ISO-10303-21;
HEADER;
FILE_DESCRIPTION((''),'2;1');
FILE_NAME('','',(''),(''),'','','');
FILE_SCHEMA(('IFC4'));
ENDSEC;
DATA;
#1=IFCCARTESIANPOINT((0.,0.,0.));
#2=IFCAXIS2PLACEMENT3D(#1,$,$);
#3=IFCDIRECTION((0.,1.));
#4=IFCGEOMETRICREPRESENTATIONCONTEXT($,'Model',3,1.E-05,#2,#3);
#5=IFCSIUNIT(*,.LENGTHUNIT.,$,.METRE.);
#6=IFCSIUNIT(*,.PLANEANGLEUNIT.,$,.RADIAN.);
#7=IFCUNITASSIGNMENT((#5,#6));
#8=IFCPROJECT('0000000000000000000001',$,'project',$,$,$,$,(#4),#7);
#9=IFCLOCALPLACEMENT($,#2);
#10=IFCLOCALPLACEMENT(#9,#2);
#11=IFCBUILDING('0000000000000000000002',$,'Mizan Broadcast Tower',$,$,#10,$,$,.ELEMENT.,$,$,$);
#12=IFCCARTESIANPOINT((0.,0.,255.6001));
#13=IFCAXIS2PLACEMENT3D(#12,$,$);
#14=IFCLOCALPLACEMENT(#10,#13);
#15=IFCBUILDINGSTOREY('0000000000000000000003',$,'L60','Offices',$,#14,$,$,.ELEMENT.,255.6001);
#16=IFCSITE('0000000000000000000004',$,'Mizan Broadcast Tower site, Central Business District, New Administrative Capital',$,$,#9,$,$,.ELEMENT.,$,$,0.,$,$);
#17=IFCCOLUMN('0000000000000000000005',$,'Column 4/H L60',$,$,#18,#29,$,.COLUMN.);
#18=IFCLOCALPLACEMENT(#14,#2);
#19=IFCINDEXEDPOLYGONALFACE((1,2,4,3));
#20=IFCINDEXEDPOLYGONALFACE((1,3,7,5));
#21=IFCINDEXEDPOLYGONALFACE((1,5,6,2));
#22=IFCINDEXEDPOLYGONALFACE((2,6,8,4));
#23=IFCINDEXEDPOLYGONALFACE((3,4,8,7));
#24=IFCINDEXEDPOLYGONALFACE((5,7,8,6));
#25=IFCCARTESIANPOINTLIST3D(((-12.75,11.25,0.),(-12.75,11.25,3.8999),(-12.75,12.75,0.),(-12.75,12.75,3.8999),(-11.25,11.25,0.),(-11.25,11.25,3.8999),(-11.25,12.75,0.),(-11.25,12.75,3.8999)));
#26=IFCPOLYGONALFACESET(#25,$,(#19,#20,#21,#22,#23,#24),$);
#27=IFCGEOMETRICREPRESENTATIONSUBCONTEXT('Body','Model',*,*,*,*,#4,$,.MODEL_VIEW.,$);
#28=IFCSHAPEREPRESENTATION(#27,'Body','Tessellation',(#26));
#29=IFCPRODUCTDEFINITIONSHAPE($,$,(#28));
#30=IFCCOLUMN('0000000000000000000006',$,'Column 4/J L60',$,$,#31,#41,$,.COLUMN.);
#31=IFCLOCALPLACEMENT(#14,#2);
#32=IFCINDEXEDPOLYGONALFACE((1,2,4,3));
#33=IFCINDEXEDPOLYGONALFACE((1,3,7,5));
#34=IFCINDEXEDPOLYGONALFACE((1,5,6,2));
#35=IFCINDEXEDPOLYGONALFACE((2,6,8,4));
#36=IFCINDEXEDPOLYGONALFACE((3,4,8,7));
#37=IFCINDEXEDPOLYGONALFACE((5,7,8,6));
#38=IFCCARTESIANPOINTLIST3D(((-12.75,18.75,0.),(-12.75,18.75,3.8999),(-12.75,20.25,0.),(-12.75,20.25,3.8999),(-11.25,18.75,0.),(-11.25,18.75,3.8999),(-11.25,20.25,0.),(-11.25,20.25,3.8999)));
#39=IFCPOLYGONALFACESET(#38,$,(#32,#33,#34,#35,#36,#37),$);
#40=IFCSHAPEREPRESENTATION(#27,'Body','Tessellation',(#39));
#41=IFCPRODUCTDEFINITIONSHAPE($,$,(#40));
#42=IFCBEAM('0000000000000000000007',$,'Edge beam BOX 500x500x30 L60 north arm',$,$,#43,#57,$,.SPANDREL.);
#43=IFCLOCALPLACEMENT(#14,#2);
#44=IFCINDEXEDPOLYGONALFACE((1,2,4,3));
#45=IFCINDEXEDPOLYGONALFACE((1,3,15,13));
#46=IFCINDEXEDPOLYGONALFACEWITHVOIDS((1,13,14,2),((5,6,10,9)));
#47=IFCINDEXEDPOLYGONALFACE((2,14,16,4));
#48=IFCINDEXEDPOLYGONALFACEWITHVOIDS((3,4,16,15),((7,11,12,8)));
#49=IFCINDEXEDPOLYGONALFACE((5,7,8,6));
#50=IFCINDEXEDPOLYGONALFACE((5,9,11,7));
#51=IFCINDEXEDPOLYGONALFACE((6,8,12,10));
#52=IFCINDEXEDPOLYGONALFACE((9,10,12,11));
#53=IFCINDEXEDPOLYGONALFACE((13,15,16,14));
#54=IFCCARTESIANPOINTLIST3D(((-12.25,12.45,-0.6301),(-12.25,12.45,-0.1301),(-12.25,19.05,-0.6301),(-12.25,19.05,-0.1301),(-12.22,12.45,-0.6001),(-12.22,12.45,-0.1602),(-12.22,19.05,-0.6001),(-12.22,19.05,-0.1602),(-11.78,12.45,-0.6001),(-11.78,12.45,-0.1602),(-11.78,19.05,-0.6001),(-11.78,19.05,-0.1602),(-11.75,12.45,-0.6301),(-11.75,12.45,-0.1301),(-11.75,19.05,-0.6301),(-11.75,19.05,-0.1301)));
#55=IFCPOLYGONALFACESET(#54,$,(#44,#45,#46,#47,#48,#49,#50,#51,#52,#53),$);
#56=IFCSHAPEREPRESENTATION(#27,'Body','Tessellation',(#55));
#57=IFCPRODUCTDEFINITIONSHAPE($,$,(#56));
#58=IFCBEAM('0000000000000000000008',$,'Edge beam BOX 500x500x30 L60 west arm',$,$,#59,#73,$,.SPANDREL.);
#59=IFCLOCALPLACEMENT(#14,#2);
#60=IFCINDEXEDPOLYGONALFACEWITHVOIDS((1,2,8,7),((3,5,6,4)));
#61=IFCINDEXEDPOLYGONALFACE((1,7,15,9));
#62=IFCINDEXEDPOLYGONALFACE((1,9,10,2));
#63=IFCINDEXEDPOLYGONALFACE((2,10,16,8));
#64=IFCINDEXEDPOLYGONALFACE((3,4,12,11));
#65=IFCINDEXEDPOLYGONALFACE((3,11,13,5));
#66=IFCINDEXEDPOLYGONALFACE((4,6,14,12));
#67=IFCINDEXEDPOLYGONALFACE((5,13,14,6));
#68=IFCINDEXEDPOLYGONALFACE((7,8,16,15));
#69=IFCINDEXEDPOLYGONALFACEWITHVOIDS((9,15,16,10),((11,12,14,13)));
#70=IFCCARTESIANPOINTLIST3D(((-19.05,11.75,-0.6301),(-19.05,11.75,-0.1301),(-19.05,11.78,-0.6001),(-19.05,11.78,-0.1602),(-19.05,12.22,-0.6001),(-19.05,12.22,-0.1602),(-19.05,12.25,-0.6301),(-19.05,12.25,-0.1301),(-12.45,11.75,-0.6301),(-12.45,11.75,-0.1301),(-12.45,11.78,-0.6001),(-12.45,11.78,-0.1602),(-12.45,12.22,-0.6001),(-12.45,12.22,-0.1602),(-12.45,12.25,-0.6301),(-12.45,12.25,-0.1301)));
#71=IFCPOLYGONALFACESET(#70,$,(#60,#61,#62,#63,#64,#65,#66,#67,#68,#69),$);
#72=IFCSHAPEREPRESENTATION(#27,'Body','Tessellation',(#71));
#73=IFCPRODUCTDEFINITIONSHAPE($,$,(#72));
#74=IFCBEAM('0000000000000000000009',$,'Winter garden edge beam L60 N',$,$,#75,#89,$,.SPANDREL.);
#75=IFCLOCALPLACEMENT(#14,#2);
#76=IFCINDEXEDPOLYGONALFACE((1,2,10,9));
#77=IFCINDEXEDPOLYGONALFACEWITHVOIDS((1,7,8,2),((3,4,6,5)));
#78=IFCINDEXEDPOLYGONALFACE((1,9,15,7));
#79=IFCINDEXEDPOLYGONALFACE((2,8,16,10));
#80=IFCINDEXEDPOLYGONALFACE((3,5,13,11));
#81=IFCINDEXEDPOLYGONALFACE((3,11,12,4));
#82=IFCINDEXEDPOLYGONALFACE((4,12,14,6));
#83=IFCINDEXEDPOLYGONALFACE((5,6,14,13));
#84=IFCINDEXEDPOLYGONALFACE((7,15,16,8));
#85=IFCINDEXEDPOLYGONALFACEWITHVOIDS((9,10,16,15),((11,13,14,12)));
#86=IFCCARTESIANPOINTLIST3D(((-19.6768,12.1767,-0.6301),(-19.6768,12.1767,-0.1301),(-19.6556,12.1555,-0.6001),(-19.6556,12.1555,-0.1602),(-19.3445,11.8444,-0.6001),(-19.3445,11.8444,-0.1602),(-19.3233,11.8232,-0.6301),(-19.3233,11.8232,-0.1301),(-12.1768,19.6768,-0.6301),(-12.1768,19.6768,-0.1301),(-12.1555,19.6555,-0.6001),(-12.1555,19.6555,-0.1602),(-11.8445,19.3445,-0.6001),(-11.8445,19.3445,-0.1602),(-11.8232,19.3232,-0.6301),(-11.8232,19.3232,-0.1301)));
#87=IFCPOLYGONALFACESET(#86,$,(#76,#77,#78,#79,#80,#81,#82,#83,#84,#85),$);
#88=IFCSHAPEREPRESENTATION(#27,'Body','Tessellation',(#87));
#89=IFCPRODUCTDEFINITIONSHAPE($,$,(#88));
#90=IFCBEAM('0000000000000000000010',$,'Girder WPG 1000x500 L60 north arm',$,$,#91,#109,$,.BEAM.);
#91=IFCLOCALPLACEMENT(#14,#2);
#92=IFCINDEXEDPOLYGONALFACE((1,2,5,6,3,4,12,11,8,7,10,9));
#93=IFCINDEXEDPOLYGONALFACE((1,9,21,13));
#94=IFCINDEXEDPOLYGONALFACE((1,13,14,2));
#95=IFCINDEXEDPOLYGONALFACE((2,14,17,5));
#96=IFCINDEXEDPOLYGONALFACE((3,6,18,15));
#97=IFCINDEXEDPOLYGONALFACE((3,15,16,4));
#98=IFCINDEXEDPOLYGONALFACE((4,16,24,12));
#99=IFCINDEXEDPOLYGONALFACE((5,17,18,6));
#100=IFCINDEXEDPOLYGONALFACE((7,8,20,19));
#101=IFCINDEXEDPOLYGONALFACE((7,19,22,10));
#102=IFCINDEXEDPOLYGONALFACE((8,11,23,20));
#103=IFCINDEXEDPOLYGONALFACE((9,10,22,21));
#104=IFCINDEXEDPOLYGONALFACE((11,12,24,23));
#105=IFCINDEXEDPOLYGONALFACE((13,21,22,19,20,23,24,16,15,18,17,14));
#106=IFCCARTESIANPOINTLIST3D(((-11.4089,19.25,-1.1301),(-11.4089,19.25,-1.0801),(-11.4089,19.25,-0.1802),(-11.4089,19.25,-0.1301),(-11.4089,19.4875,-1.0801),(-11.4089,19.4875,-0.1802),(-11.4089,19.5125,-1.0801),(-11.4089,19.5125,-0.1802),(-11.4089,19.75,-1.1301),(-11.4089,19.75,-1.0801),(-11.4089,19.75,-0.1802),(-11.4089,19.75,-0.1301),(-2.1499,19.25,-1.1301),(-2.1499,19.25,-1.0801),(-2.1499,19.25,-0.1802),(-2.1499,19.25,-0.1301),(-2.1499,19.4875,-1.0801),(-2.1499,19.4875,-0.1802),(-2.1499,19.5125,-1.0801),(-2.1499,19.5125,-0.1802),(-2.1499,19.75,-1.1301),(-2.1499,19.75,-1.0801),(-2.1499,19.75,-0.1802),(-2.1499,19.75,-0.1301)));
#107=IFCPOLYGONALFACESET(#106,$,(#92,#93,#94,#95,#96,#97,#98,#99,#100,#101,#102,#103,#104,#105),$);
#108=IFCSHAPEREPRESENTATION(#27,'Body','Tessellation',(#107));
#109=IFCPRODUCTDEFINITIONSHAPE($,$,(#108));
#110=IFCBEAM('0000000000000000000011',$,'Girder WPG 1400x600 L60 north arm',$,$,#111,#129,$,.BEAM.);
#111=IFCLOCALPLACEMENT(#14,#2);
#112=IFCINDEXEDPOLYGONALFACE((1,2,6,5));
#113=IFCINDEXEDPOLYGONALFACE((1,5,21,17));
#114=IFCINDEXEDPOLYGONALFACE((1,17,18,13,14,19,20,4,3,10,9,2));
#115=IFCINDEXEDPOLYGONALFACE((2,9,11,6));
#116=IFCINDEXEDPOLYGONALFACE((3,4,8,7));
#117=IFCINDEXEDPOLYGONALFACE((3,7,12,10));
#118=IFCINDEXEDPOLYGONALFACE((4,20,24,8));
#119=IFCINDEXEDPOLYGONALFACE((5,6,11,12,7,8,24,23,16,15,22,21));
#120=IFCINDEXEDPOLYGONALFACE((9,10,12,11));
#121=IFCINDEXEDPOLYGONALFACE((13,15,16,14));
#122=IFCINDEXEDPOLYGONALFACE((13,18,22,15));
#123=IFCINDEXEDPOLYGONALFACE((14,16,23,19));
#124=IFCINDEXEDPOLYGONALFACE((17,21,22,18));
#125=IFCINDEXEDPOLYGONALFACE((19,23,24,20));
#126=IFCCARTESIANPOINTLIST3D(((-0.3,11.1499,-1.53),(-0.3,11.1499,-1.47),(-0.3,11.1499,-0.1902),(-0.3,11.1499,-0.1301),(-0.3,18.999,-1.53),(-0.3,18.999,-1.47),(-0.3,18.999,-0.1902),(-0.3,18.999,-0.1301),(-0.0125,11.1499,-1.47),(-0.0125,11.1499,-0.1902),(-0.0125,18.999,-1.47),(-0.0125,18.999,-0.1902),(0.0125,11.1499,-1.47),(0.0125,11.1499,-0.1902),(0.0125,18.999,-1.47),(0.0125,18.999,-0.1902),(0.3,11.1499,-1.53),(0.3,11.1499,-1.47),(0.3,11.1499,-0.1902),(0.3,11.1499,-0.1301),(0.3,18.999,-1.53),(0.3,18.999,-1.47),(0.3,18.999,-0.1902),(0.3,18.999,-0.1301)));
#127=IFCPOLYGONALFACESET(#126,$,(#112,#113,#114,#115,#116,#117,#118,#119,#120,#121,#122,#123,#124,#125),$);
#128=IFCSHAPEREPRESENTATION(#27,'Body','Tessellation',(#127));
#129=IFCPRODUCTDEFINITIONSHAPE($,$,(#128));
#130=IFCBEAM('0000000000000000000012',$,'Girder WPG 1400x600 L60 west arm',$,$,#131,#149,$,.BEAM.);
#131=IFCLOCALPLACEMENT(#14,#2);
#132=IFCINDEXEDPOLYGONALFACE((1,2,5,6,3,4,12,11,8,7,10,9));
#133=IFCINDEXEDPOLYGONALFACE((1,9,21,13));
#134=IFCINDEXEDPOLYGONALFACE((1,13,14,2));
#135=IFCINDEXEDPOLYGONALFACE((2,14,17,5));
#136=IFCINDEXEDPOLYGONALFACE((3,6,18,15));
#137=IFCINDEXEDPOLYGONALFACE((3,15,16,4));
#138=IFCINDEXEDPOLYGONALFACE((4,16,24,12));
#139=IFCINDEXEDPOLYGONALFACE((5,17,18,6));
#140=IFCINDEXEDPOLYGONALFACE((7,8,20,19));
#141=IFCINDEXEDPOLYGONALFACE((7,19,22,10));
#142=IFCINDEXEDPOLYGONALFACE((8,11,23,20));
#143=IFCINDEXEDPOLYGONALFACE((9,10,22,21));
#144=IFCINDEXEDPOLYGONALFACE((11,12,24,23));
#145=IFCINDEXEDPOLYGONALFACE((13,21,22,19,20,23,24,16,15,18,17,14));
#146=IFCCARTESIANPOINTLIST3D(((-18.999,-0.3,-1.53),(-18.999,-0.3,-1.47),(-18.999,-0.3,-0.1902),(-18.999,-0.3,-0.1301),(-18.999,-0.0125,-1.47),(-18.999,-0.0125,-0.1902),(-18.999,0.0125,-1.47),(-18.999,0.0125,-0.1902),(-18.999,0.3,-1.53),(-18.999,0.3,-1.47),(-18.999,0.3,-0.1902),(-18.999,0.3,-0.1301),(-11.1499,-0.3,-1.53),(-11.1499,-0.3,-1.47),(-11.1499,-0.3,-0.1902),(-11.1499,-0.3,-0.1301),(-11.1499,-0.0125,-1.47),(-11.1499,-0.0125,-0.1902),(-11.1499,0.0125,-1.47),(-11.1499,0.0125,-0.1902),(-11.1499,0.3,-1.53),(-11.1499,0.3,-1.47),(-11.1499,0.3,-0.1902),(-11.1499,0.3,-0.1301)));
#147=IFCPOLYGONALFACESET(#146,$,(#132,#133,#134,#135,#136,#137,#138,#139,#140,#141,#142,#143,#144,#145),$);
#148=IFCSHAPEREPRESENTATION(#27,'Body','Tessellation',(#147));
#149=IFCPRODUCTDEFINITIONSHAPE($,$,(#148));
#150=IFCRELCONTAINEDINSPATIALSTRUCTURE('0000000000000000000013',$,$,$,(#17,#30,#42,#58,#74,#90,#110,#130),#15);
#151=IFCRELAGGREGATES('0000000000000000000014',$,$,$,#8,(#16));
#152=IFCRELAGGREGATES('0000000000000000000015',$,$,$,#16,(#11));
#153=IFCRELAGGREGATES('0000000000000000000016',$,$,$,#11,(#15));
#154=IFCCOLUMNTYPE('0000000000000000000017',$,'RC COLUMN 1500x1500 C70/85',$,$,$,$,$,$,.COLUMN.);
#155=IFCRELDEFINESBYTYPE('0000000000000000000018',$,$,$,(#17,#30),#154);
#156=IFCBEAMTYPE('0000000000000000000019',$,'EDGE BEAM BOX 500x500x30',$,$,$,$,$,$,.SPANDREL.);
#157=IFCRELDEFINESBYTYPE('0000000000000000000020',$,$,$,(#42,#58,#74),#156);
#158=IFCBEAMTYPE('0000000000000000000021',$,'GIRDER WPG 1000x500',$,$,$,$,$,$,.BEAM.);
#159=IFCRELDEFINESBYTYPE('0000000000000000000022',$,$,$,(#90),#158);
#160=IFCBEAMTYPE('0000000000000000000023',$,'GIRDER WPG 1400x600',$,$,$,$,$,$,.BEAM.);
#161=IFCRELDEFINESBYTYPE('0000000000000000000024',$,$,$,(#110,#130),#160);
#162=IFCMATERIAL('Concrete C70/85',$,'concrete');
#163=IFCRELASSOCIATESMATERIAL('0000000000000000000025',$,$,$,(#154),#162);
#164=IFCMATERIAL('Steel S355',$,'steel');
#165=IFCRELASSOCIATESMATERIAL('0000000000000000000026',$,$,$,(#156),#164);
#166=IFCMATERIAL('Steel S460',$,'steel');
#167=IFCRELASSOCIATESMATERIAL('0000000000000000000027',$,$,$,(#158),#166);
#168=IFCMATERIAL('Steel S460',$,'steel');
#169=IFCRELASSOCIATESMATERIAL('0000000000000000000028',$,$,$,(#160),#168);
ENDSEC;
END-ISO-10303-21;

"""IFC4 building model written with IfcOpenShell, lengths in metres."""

from ifc_helpers import new_model, si_unit, direction, frame, origin, origin_2d, place, context, subcontext, project, spatial, rectangle, hollow_rectangle, i_section, extrude, material, material_profile, profile_set, type_object, element, save


model = new_model("IFC4")

# Units and contexts
model_context = context("Model", 3, precision=1e-05, world=origin(), true_north=direction((0.0, 1.0)))
body_context = subcontext(model_context, "Body", "Model", "MODEL_VIEW")
ifc_project = project(units=[si_unit("LENGTHUNIT", "METRE"), si_unit("PLANEANGLEUNIT", "RADIAN")], contexts=[model_context])

# Site, building, storey
site_placement = place(None, origin())
site = spatial("IfcSite", under=ifc_project, at=site_placement, Name="Mizan Broadcast Tower site, Central Business District, New Administrative Capital", CompositionType="ELEMENT", RefElevation=0.0)
building_placement = place(site_placement, origin())
building = spatial("IfcBuilding", under=site, at=building_placement, Name="Mizan Broadcast Tower", CompositionType="ELEMENT")
storey_placement = place(building_placement, frame((0.0, 0.0, 255.6001)))
storey = spatial("IfcBuildingStorey", under=building, at=storey_placement, Name="L60", Description="Offices", CompositionType="ELEMENT", Elevation=255.6001)

# Columns
ifc_material_1 = material(Name="Concrete C70/85", Category="concrete")
ifc_material_profile_1 = material_profile(ifc_material_1, rectangle(XDim=1.5, YDim=1.5, at=origin_2d()), Name="RC 1500x1500")
ifc_profile_set_1 = profile_set([ifc_material_profile_1], Name="Concrete C70/85")
column_type = type_object("IfcColumnType", Name="RC COLUMN 1500x1500 C70/85", PredefinedType="COLUMN", material=ifc_profile_set_1)
for number, where, z_axis, x_axis, name in (
    (1, (-12.0, 12.0, 0.0), (0.0, 0.0, 1.0), (1.0, 0.0, 0.0), "Column 4/H L60"),
    (2, (-12.0, 19.5, 0.0), (0.0, 0.0, 1.0), (1.0, 0.0, 0.0), "Column 4/J L60"),
):
    element("IfcColumn", number, at=place(storey_placement, frame(where, z_axis=z_axis, x_axis=x_axis)), inside=storey, type_object=column_type, Name=name, PredefinedType="COLUMN", context=body_context, shape_type="SweptSolid", body=[
        extrude(rectangle(XDim=1.5, YDim=1.5, at=origin_2d()), origin(), (0.0, 0.0, 1.0), 3.8999),
    ])

# Beams
ifc_material_2 = material(Name="Steel S355", Category="steel")
ifc_material_profile_2 = material_profile(ifc_material_2, hollow_rectangle(XDim=0.5, YDim=0.5, WallThickness=0.03, at=origin_2d()), Name="BOX 500x500x30")
ifc_profile_set_2 = profile_set([ifc_material_profile_2], Name="Steel S355")
beam_type_1 = type_object("IfcBeamType", Name="EDGE BEAM BOX 500x500x30", PredefinedType="SPANDREL", material=ifc_profile_set_2)
for number, where, z_axis, x_axis, name in (
    (3, (-12.0, 12.45, -0.3801), (0.0, 1.0, 0.0), (-1.0, 0.0, 0.0), "Edge beam BOX 500x500x30 L60 north arm"),
    (4, (-12.45, 12.0, -0.3801), (-1.0, 0.0, 0.0), (0.0, -1.0, 0.0), "Edge beam BOX 500x500x30 L60 west arm"),
):
    element("IfcBeam", number, at=place(storey_placement, frame(where, z_axis=z_axis, x_axis=x_axis)), inside=storey, type_object=beam_type_1, Name=name, PredefinedType="SPANDREL", context=body_context, shape_type="SweptSolid", body=[
        extrude(hollow_rectangle(XDim=0.5, YDim=0.5, WallThickness=0.03, at=origin_2d()), origin(), (0.0, 0.0, 1.0), 6.6001),
    ])
beam_1_placement = place(storey_placement, frame((-12.0, 19.5, -0.3801), z_axis=(-0.707107, -0.707107, 0.0), x_axis=(0.707107, -0.707107, 0.0)))
element("IfcBeam", 5, at=beam_1_placement, inside=storey, type_object=beam_type_1, Name="Winter garden edge beam L60 N", PredefinedType="SPANDREL", context=body_context, shape_type="SweptSolid", body=[
    extrude(hollow_rectangle(XDim=0.5, YDim=0.5, WallThickness=0.03, at=origin_2d()), origin(), (0.0, 0.0, 1.0), 10.6067),
])
ifc_material_3 = material(Name="Steel S460", Category="steel")
ifc_material_profile_3 = material_profile(ifc_material_3, i_section(OverallWidth=0.5, OverallDepth=1.0, WebThickness=0.0249, FlangeThickness=0.05, at=origin_2d()), Name="WPG 1000x500")
ifc_profile_set_3 = profile_set([ifc_material_profile_3], Name="Steel S460")
beam_type_2 = type_object("IfcBeamType", Name="GIRDER WPG 1000x500", PredefinedType="BEAM", material=ifc_profile_set_3)
beam_2_placement = place(storey_placement, frame((-11.4089, 19.5, -0.6301), z_axis=(1.0, 0.0, 0.0), x_axis=(0.0, 1.0, 0.0)))
element("IfcBeam", 6, at=beam_2_placement, inside=storey, type_object=beam_type_2, Name="Girder WPG 1000x500 L60 north arm", PredefinedType="BEAM", context=body_context, shape_type="SweptSolid", body=[
    extrude(i_section(OverallWidth=0.5, OverallDepth=1.0, WebThickness=0.0249, FlangeThickness=0.05, at=origin_2d()), origin(), (0.0, 0.0, 1.0), 9.259),
])
ifc_material_4 = material(Name="Steel S460", Category="steel")
ifc_material_profile_4 = material_profile(ifc_material_4, i_section(OverallWidth=0.6001, OverallDepth=1.3999, WebThickness=0.0249, FlangeThickness=0.0601, at=origin_2d()), Name="WPG 1400x600")
ifc_profile_set_4 = profile_set([ifc_material_profile_4], Name="Steel S460")
beam_type_3 = type_object("IfcBeamType", Name="GIRDER WPG 1400x600", PredefinedType="BEAM", material=ifc_profile_set_4)
for number, where, z_axis, x_axis, name in (
    (7, (0.0, 11.1499, -0.8301), (0.0, 1.0, 0.0), (-1.0, 0.0, 0.0), "Girder WPG 1400x600 L60 north arm"),
    (8, (-11.1499, 0.0, -0.8301), (-1.0, 0.0, 0.0), (0.0, -1.0, 0.0), "Girder WPG 1400x600 L60 west arm"),
):
    element("IfcBeam", number, at=place(storey_placement, frame(where, z_axis=z_axis, x_axis=x_axis)), inside=storey, type_object=beam_type_3, Name=name, PredefinedType="BEAM", context=body_context, shape_type="SweptSolid", body=[
        extrude(i_section(OverallWidth=0.6001, OverallDepth=1.3999, WebThickness=0.0249, FlangeThickness=0.0601, at=origin_2d()), origin(), (0.0, 0.0, 1.0), 7.8491),
    ])

save(model, "model.ifc")
